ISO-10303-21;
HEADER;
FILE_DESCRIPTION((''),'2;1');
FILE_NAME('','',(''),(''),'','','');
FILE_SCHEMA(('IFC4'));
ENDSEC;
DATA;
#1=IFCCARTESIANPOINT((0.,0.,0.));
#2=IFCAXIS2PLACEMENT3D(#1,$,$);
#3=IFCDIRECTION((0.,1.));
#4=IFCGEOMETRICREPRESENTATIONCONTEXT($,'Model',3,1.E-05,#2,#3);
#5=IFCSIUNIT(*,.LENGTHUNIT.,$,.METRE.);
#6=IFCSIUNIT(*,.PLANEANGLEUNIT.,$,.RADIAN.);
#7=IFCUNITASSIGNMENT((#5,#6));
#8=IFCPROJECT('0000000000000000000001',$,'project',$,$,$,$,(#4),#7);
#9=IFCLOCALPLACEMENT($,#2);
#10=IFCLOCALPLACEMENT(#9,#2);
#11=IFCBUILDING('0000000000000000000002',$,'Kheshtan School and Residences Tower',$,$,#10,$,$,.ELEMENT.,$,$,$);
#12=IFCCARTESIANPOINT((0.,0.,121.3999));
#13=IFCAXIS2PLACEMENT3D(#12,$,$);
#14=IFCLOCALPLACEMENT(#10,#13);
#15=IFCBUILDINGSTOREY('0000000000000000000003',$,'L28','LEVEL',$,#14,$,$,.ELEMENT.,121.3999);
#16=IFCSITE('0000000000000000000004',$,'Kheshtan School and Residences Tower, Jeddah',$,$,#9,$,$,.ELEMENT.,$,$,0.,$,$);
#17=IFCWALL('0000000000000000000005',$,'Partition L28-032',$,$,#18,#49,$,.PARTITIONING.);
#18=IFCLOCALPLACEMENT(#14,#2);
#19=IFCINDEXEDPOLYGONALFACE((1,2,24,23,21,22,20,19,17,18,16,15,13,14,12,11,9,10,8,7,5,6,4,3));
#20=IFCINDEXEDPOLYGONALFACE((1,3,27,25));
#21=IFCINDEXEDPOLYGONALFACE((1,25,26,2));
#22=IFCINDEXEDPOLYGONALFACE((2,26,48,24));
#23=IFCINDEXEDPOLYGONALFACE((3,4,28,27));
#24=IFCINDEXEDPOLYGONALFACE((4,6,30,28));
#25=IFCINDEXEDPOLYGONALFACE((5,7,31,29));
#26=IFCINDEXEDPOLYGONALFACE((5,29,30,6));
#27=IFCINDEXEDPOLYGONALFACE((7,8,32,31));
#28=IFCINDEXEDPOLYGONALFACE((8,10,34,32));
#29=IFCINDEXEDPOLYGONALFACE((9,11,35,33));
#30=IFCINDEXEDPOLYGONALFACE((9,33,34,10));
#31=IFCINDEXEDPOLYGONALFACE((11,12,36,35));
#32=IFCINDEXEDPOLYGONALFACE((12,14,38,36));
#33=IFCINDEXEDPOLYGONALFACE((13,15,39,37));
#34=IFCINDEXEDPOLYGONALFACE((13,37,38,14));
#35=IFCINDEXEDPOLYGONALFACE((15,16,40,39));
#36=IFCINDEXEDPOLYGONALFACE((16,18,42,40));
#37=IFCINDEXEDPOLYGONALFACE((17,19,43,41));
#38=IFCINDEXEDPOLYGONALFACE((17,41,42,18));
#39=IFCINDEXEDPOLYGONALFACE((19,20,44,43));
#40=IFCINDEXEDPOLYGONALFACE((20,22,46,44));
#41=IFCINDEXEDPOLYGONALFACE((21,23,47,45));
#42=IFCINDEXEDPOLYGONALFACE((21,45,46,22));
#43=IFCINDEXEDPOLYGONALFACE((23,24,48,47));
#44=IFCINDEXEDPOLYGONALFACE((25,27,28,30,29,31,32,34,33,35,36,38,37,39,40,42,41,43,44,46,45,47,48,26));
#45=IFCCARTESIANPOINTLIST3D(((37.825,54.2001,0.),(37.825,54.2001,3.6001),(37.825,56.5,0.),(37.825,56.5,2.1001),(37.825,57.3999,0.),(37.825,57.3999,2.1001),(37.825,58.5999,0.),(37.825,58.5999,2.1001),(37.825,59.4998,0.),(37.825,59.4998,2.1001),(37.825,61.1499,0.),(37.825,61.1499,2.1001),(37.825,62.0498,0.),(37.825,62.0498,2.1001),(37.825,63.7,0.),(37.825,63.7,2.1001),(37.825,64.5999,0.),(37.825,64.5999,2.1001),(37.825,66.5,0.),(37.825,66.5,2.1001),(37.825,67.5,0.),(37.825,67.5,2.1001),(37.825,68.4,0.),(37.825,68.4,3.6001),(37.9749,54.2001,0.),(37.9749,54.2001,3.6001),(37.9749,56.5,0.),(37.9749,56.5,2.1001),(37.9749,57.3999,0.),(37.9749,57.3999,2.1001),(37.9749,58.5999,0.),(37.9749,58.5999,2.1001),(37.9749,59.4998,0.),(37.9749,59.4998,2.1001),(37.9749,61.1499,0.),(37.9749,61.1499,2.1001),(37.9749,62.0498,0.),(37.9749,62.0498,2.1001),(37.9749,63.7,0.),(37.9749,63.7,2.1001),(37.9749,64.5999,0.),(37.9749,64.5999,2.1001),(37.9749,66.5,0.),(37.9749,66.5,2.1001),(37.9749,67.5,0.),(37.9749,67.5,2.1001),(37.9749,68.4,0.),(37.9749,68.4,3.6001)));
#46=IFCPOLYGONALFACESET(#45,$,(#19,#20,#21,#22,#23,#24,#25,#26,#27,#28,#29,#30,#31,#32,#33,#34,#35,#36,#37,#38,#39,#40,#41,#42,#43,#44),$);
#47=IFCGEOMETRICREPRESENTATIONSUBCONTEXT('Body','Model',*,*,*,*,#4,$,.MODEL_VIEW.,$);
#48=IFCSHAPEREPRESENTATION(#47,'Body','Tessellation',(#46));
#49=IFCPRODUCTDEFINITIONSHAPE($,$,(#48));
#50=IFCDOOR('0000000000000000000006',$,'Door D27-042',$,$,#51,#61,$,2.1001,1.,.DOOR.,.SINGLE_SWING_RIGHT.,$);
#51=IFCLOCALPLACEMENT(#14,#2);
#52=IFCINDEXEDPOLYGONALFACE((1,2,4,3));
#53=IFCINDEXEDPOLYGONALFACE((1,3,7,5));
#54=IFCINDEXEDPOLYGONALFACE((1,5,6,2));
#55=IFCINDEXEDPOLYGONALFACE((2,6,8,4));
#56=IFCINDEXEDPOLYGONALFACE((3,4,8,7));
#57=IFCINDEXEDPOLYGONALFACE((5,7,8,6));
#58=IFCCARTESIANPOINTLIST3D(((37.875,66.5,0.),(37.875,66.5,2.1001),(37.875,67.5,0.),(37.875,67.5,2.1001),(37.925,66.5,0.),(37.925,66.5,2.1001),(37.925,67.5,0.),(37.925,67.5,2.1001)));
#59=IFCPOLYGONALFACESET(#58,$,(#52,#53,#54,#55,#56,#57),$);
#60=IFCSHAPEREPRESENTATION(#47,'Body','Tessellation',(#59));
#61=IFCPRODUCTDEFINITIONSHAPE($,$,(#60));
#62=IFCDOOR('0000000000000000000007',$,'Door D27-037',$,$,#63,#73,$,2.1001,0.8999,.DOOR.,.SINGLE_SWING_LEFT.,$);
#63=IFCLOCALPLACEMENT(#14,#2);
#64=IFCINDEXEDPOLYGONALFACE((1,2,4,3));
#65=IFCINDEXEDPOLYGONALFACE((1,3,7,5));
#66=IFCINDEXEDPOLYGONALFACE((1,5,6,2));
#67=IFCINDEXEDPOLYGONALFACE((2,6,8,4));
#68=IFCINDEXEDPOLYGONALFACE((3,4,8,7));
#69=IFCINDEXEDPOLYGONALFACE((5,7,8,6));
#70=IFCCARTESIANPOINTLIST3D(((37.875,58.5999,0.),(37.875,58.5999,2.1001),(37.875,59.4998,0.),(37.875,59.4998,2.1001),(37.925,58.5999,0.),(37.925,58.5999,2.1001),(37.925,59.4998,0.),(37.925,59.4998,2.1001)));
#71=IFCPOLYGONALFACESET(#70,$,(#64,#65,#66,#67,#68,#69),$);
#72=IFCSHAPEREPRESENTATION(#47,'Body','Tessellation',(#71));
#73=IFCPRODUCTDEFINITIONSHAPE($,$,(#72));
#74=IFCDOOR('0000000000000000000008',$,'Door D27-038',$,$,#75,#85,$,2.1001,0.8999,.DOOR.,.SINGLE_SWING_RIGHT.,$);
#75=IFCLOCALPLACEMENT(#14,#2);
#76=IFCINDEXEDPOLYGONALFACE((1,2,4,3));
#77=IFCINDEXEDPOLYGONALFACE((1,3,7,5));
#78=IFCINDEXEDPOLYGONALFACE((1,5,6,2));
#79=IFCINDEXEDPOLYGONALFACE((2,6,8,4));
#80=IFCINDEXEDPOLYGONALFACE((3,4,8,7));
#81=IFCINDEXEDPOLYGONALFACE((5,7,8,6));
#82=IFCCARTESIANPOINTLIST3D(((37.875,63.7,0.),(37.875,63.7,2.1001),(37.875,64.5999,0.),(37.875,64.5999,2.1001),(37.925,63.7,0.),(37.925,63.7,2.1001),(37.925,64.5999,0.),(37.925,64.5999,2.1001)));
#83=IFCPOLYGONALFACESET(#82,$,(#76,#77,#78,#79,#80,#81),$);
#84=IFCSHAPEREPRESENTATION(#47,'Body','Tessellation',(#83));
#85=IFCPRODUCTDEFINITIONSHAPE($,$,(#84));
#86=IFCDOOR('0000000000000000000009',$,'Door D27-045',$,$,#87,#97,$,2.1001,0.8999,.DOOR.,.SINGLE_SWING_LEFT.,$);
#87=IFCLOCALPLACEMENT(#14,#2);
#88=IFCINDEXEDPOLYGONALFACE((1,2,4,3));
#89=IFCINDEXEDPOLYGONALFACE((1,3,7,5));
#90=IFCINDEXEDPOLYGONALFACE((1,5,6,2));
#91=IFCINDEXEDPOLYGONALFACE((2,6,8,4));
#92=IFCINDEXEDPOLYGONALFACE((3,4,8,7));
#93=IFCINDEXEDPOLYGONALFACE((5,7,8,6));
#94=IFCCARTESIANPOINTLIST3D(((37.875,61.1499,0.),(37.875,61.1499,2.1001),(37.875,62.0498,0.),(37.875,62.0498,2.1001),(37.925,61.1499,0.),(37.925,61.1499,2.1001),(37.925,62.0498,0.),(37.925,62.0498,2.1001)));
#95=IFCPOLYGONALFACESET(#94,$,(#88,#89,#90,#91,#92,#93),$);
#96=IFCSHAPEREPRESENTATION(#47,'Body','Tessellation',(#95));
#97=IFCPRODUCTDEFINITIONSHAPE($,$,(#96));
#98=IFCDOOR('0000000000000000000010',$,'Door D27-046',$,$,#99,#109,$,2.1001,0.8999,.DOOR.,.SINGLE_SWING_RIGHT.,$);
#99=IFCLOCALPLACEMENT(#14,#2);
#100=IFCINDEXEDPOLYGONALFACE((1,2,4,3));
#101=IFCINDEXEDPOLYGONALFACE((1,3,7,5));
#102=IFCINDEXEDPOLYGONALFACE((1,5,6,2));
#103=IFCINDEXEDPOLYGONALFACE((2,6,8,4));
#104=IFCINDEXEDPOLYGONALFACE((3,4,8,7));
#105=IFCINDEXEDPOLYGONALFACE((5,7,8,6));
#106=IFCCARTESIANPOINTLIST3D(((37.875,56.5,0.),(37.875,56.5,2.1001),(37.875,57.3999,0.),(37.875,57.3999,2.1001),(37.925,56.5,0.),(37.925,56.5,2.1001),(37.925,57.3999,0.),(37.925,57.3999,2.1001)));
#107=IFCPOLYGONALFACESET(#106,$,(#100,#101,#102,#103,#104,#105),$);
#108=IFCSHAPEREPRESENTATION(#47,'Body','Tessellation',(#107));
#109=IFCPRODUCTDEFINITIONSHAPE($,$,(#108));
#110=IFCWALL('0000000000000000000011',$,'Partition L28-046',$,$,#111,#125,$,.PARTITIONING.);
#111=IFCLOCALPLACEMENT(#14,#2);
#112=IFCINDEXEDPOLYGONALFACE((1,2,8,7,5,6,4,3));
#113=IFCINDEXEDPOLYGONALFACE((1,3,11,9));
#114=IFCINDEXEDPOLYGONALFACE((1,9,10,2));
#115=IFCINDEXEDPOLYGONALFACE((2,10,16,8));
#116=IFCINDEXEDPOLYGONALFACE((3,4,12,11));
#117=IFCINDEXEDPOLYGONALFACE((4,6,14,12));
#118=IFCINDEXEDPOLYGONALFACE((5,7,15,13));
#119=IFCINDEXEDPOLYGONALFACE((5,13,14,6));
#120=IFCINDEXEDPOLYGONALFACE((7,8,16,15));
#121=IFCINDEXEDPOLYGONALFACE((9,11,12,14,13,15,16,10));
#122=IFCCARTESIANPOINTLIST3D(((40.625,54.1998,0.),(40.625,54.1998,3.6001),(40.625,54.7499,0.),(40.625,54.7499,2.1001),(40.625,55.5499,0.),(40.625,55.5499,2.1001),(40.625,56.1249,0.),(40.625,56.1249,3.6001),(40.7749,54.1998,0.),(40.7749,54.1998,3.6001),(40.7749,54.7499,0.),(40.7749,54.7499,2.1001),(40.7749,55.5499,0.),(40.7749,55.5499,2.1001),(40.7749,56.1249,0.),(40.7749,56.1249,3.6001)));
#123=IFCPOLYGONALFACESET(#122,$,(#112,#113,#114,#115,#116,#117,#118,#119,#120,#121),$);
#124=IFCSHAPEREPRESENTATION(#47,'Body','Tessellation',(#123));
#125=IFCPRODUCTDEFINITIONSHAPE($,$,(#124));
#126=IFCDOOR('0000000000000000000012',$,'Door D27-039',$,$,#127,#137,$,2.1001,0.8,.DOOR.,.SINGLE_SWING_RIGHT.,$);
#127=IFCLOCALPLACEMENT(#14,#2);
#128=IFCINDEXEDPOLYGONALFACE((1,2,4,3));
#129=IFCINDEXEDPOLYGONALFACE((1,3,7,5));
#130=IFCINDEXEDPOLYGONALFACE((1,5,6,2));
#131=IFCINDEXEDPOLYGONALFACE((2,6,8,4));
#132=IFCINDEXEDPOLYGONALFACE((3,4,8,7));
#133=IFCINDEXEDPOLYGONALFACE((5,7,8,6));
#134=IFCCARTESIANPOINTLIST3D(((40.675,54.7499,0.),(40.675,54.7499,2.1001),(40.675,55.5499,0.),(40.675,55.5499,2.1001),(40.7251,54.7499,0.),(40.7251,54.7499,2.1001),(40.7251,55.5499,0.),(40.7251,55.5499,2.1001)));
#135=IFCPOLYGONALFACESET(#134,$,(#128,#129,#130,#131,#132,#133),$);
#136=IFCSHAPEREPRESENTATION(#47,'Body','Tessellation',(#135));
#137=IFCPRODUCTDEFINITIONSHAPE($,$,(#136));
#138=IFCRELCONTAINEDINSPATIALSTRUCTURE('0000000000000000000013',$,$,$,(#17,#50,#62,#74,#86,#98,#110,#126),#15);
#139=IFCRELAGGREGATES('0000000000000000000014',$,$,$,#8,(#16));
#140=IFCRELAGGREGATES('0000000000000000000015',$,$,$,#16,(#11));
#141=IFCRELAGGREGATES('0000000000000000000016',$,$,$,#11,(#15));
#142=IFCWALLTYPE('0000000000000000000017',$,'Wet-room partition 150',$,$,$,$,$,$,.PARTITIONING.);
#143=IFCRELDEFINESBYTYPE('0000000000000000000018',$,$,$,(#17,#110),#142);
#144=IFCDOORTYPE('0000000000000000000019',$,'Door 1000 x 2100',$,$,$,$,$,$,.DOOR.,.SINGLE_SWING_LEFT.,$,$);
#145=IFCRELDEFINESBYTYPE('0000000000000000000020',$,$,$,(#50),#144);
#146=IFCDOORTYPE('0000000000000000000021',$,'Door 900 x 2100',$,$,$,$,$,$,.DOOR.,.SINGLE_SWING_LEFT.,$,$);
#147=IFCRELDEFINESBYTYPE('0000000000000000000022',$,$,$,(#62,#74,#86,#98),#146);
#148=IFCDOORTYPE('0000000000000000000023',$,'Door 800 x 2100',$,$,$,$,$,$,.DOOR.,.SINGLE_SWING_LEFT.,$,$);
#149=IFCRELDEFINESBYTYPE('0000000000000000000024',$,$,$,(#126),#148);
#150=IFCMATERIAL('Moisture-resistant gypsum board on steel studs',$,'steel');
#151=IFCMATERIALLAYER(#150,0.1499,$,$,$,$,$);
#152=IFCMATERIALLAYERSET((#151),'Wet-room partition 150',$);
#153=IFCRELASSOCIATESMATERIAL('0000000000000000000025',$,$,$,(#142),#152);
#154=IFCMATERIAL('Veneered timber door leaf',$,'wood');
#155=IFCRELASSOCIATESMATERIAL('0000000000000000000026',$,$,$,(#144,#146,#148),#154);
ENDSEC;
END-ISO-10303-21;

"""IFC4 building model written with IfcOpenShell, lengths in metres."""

from ifc_helpers import new_model, si_unit, direction, frame, frame_2d, origin, place, context, subcontext, project, spatial, rectangle, extrude, source, transform, mapped, material, layer, layer_set, type_object, element, fill, save


model = new_model("IFC4")

# Units and contexts
model_context = context("Model", 3, precision=1e-05, world=origin(), true_north=direction((0.0, 1.0)))
body_context = subcontext(model_context, "Body", "Model", "MODEL_VIEW")
ifc_project = project(units=[si_unit("LENGTHUNIT", "METRE"), si_unit("PLANEANGLEUNIT", "RADIAN")], contexts=[model_context])

# Site, building, storey
site_placement = place(None, origin())
site = spatial("IfcSite", under=ifc_project, at=site_placement, Name="Kheshtan School and Residences Tower, Jeddah", CompositionType="ELEMENT", RefElevation=0.0)
building_placement = place(site_placement, origin())
building = spatial("IfcBuilding", under=site, at=building_placement, Name="Kheshtan School and Residences Tower", CompositionType="ELEMENT")
storey_placement = place(building_placement, frame((0.0, 0.0, 121.3999)))
storey = spatial("IfcBuildingStorey", under=building, at=storey_placement, Name="L28", Description="LEVEL", CompositionType="ELEMENT", Elevation=121.3999)

# Shared definitions
ifc_material_1 = material(Name="Moisture-resistant gypsum board on steel studs", Category="steel")
ifc_layer_1 = layer(ifc_material_1, 0.1499)
ifc_layer_set_1 = layer_set([ifc_layer_1], Name="Wet-room partition 150")
wall_type_1 = type_object("IfcWallType", Name="Wet-room partition 150", PredefinedType="PARTITIONING", material=ifc_layer_set_1)

# Wall, openings, doors
wall_1_placement = place(storey_placement, frame((37.8999, 54.2, 0.0), z_axis=(0.0, 0.0, 1.0), x_axis=(0.0, 1.0, 0.0)))
wall_1 = element("IfcWall", 1, at=wall_1_placement, inside=storey, type_object=wall_type_1, Name="Partition L28-032", PredefinedType="PARTITIONING", context=body_context, shape_type="SweptSolid", body=[
    extrude(rectangle(XDim=14.2, YDim=0.1499, at=frame_2d((7.1001, 0.0))), origin(), (0.0, 0.0, 1.0), 3.6001),
])
opening_1_placement = place(wall_1_placement, frame((4.3999, 0.0, 0.0)))
opening_1 = element("IfcOpeningElement", 2, at=opening_1_placement, cuts=wall_1, PredefinedType="OPENING", context=body_context, shape_type="SweptSolid", body=[
    extrude(rectangle(XDim=0.8999, YDim=2.1001, at=frame_2d((0.45, 1.05))), frame((0.0, 0.085, 0.0), z_axis=(0.0, -1.0, 0.0), x_axis=(1.0, 0.0, 0.0)), (0.0, 0.0, 1.0), 0.1699),
])
opening_2_placement = place(wall_1_placement, frame((9.5, 0.0, 0.0)))
opening_2 = element("IfcOpeningElement", 3, at=opening_2_placement, cuts=wall_1, PredefinedType="OPENING", context=body_context, shape_type="SweptSolid", body=[
    extrude(rectangle(XDim=0.8999, YDim=2.1001, at=frame_2d((0.45, 1.05))), frame((0.0, 0.085, 0.0), z_axis=(0.0, -1.0, 0.0), x_axis=(1.0, 0.0, 0.0)), (0.0, 0.0, 1.0), 0.1699),
])
opening_3_placement = place(wall_1_placement, frame((12.3, 0.0, 0.0)))
opening_3 = element("IfcOpeningElement", 4, at=opening_3_placement, cuts=wall_1, PredefinedType="OPENING", context=body_context, shape_type="SweptSolid", body=[
    extrude(rectangle(XDim=1.0, YDim=2.1001, at=frame_2d((0.5, 1.05))), frame((0.0, 0.085, 0.0), z_axis=(0.0, -1.0, 0.0), x_axis=(1.0, 0.0, 0.0)), (0.0, 0.0, 1.0), 0.1699),
])
opening_4_placement = place(wall_1_placement, frame((6.95, 0.0, 0.0)))
opening_4 = element("IfcOpeningElement", 5, at=opening_4_placement, cuts=wall_1, PredefinedType="OPENING", context=body_context, shape_type="SweptSolid", body=[
    extrude(rectangle(XDim=0.8999, YDim=2.1001, at=frame_2d((0.45, 1.05))), frame((0.0, 0.085, 0.0), z_axis=(0.0, -1.0, 0.0), x_axis=(1.0, 0.0, 0.0)), (0.0, 0.0, 1.0), 0.1699),
])
opening_5_placement = place(wall_1_placement, frame((2.3, 0.0, 0.0)))
opening_5 = element("IfcOpeningElement", 6, at=opening_5_placement, cuts=wall_1, PredefinedType="OPENING", context=body_context, shape_type="SweptSolid", body=[
    extrude(rectangle(XDim=0.8999, YDim=2.1001, at=frame_2d((0.45, 1.05))), frame((0.0, 0.085, 0.0), z_axis=(0.0, -1.0, 0.0), x_axis=(1.0, 0.0, 0.0)), (0.0, 0.0, 1.0), 0.1699),
])
ifc_material_2 = material(Name="Veneered timber door leaf", Category="wood")
door_type_1 = type_object("IfcDoorType", Name="Door 1000 x 2100", OperationType="SINGLE_SWING_LEFT", PredefinedType="DOOR", material=ifc_material_2)
shared_shape_1 = source(origin(), body_context, "Body", "SweptSolid", [
    extrude(rectangle(XDim=1.0, YDim=2.1001, at=frame_2d((0.5, 1.05))), frame((0.0, 0.0249, 0.0), z_axis=(0.0, -1.0, 0.0), x_axis=(1.0, 0.0, 0.0)), (0.0, 0.0, 1.0), 0.05),
])
door_1_placement = place(opening_3_placement, origin())
door_1 = element("IfcDoor", 7, at=door_1_placement, inside=storey, type_object=door_type_1, Name="Door D27-042", OperationType="SINGLE_SWING_RIGHT", OverallHeight=2.1001, OverallWidth=1.0, PredefinedType="DOOR", context=body_context, shape_type="MappedRepresentation", body=[
    mapped(shared_shape_1, transform((0.0, 0.0, 0.0), x_axis=(1.0, 0.0, 0.0), y_axis=(0.0, 1.0, 0.0), z_axis=(0.0, 0.0, 1.0), scale=1.0)),
])
fill(opening_3, door_1)
door_type_2 = type_object("IfcDoorType", Name="Door 900 x 2100", OperationType="SINGLE_SWING_LEFT", PredefinedType="DOOR", material=ifc_material_2)
shared_shape_2 = source(origin(), body_context, "Body", "SweptSolid", [
    extrude(rectangle(XDim=0.8999, YDim=2.1001, at=frame_2d((0.45, 1.05))), frame((0.0, 0.0249, 0.0), z_axis=(0.0, -1.0, 0.0), x_axis=(1.0, 0.0, 0.0)), (0.0, 0.0, 1.0), 0.05),
])
door_2_placement = place(opening_1_placement, origin())
door_2 = element("IfcDoor", 8, at=door_2_placement, inside=storey, type_object=door_type_2, Name="Door D27-037", OperationType="SINGLE_SWING_LEFT", OverallHeight=2.1001, OverallWidth=0.8999, PredefinedType="DOOR", context=body_context, shape_type="MappedRepresentation", body=[
    mapped(shared_shape_2, transform((0.0, 0.0, 0.0), x_axis=(1.0, 0.0, 0.0), y_axis=(0.0, 1.0, 0.0), z_axis=(0.0, 0.0, 1.0), scale=1.0)),
])
fill(opening_1, door_2)
door_3_placement = place(opening_2_placement, origin())
door_3 = element("IfcDoor", 9, at=door_3_placement, inside=storey, type_object=door_type_2, Name="Door D27-038", OperationType="SINGLE_SWING_RIGHT", OverallHeight=2.1001, OverallWidth=0.8999, PredefinedType="DOOR", context=body_context, shape_type="MappedRepresentation", body=[
    mapped(shared_shape_2, transform((0.0, 0.0, 0.0), x_axis=(1.0, 0.0, 0.0), y_axis=(0.0, 1.0, 0.0), z_axis=(0.0, 0.0, 1.0), scale=1.0)),
])
fill(opening_2, door_3)
door_4_placement = place(opening_4_placement, origin())
door_4 = element("IfcDoor", 10, at=door_4_placement, inside=storey, type_object=door_type_2, Name="Door D27-045", OperationType="SINGLE_SWING_LEFT", OverallHeight=2.1001, OverallWidth=0.8999, PredefinedType="DOOR", context=body_context, shape_type="MappedRepresentation", body=[
    mapped(shared_shape_2, transform((0.0, 0.0, 0.0), x_axis=(1.0, 0.0, 0.0), y_axis=(0.0, 1.0, 0.0), z_axis=(0.0, 0.0, 1.0), scale=1.0)),
])
fill(opening_4, door_4)
door_5_placement = place(opening_5_placement, origin())
door_5 = element("IfcDoor", 11, at=door_5_placement, inside=storey, type_object=door_type_2, Name="Door D27-046", OperationType="SINGLE_SWING_RIGHT", OverallHeight=2.1001, OverallWidth=0.8999, PredefinedType="DOOR", context=body_context, shape_type="MappedRepresentation", body=[
    mapped(shared_shape_2, transform((0.0, 0.0, 0.0), x_axis=(1.0, 0.0, 0.0), y_axis=(0.0, 1.0, 0.0), z_axis=(0.0, 0.0, 1.0), scale=1.0)),
])
fill(opening_5, door_5)

# Wall, opening, door
wall_2_placement = place(storey_placement, frame((40.7, 54.2, 0.0), z_axis=(0.0, 0.0, 1.0), x_axis=(0.0, 1.0, 0.0)))
wall_2 = element("IfcWall", 12, at=wall_2_placement, inside=storey, type_object=wall_type_1, Name="Partition L28-046", PredefinedType="PARTITIONING", context=body_context, shape_type="SweptSolid", body=[
    extrude(rectangle(XDim=1.925, YDim=0.1499, at=frame_2d((0.9624, 0.0))), origin(), (0.0, 0.0, 1.0), 3.6001),
])
opening_6_placement = place(wall_2_placement, frame((0.55, 0.0, 0.0)))
opening_6 = element("IfcOpeningElement", 13, at=opening_6_placement, cuts=wall_2, PredefinedType="OPENING", context=body_context, shape_type="SweptSolid", body=[
    extrude(rectangle(XDim=0.8, YDim=2.1001, at=frame_2d((0.3999, 1.05))), frame((0.0, 0.085, 0.0), z_axis=(0.0, -1.0, 0.0), x_axis=(1.0, 0.0, 0.0)), (0.0, 0.0, 1.0), 0.1699),
])
door_type_3 = type_object("IfcDoorType", Name="Door 800 x 2100", OperationType="SINGLE_SWING_LEFT", PredefinedType="DOOR", material=ifc_material_2)
shared_shape_3 = source(origin(), body_context, "Body", "SweptSolid", [
    extrude(rectangle(XDim=0.8, YDim=2.1001, at=frame_2d((0.3999, 1.05))), frame((0.0, 0.0249, 0.0), z_axis=(0.0, -1.0, 0.0), x_axis=(1.0, 0.0, 0.0)), (0.0, 0.0, 1.0), 0.05),
])
door_6_placement = place(opening_6_placement, origin())
door_6 = element("IfcDoor", 14, at=door_6_placement, inside=storey, type_object=door_type_3, Name="Door D27-039", OperationType="SINGLE_SWING_RIGHT", OverallHeight=2.1001, OverallWidth=0.8, PredefinedType="DOOR", context=body_context, shape_type="MappedRepresentation", body=[
    mapped(shared_shape_3, transform((0.0, 0.0, 0.0), x_axis=(1.0, 0.0, 0.0), y_axis=(0.0, 1.0, 0.0), z_axis=(0.0, 0.0, 1.0), scale=1.0)),
])
fill(opening_6, door_6)

save(model, "model.ifc")
